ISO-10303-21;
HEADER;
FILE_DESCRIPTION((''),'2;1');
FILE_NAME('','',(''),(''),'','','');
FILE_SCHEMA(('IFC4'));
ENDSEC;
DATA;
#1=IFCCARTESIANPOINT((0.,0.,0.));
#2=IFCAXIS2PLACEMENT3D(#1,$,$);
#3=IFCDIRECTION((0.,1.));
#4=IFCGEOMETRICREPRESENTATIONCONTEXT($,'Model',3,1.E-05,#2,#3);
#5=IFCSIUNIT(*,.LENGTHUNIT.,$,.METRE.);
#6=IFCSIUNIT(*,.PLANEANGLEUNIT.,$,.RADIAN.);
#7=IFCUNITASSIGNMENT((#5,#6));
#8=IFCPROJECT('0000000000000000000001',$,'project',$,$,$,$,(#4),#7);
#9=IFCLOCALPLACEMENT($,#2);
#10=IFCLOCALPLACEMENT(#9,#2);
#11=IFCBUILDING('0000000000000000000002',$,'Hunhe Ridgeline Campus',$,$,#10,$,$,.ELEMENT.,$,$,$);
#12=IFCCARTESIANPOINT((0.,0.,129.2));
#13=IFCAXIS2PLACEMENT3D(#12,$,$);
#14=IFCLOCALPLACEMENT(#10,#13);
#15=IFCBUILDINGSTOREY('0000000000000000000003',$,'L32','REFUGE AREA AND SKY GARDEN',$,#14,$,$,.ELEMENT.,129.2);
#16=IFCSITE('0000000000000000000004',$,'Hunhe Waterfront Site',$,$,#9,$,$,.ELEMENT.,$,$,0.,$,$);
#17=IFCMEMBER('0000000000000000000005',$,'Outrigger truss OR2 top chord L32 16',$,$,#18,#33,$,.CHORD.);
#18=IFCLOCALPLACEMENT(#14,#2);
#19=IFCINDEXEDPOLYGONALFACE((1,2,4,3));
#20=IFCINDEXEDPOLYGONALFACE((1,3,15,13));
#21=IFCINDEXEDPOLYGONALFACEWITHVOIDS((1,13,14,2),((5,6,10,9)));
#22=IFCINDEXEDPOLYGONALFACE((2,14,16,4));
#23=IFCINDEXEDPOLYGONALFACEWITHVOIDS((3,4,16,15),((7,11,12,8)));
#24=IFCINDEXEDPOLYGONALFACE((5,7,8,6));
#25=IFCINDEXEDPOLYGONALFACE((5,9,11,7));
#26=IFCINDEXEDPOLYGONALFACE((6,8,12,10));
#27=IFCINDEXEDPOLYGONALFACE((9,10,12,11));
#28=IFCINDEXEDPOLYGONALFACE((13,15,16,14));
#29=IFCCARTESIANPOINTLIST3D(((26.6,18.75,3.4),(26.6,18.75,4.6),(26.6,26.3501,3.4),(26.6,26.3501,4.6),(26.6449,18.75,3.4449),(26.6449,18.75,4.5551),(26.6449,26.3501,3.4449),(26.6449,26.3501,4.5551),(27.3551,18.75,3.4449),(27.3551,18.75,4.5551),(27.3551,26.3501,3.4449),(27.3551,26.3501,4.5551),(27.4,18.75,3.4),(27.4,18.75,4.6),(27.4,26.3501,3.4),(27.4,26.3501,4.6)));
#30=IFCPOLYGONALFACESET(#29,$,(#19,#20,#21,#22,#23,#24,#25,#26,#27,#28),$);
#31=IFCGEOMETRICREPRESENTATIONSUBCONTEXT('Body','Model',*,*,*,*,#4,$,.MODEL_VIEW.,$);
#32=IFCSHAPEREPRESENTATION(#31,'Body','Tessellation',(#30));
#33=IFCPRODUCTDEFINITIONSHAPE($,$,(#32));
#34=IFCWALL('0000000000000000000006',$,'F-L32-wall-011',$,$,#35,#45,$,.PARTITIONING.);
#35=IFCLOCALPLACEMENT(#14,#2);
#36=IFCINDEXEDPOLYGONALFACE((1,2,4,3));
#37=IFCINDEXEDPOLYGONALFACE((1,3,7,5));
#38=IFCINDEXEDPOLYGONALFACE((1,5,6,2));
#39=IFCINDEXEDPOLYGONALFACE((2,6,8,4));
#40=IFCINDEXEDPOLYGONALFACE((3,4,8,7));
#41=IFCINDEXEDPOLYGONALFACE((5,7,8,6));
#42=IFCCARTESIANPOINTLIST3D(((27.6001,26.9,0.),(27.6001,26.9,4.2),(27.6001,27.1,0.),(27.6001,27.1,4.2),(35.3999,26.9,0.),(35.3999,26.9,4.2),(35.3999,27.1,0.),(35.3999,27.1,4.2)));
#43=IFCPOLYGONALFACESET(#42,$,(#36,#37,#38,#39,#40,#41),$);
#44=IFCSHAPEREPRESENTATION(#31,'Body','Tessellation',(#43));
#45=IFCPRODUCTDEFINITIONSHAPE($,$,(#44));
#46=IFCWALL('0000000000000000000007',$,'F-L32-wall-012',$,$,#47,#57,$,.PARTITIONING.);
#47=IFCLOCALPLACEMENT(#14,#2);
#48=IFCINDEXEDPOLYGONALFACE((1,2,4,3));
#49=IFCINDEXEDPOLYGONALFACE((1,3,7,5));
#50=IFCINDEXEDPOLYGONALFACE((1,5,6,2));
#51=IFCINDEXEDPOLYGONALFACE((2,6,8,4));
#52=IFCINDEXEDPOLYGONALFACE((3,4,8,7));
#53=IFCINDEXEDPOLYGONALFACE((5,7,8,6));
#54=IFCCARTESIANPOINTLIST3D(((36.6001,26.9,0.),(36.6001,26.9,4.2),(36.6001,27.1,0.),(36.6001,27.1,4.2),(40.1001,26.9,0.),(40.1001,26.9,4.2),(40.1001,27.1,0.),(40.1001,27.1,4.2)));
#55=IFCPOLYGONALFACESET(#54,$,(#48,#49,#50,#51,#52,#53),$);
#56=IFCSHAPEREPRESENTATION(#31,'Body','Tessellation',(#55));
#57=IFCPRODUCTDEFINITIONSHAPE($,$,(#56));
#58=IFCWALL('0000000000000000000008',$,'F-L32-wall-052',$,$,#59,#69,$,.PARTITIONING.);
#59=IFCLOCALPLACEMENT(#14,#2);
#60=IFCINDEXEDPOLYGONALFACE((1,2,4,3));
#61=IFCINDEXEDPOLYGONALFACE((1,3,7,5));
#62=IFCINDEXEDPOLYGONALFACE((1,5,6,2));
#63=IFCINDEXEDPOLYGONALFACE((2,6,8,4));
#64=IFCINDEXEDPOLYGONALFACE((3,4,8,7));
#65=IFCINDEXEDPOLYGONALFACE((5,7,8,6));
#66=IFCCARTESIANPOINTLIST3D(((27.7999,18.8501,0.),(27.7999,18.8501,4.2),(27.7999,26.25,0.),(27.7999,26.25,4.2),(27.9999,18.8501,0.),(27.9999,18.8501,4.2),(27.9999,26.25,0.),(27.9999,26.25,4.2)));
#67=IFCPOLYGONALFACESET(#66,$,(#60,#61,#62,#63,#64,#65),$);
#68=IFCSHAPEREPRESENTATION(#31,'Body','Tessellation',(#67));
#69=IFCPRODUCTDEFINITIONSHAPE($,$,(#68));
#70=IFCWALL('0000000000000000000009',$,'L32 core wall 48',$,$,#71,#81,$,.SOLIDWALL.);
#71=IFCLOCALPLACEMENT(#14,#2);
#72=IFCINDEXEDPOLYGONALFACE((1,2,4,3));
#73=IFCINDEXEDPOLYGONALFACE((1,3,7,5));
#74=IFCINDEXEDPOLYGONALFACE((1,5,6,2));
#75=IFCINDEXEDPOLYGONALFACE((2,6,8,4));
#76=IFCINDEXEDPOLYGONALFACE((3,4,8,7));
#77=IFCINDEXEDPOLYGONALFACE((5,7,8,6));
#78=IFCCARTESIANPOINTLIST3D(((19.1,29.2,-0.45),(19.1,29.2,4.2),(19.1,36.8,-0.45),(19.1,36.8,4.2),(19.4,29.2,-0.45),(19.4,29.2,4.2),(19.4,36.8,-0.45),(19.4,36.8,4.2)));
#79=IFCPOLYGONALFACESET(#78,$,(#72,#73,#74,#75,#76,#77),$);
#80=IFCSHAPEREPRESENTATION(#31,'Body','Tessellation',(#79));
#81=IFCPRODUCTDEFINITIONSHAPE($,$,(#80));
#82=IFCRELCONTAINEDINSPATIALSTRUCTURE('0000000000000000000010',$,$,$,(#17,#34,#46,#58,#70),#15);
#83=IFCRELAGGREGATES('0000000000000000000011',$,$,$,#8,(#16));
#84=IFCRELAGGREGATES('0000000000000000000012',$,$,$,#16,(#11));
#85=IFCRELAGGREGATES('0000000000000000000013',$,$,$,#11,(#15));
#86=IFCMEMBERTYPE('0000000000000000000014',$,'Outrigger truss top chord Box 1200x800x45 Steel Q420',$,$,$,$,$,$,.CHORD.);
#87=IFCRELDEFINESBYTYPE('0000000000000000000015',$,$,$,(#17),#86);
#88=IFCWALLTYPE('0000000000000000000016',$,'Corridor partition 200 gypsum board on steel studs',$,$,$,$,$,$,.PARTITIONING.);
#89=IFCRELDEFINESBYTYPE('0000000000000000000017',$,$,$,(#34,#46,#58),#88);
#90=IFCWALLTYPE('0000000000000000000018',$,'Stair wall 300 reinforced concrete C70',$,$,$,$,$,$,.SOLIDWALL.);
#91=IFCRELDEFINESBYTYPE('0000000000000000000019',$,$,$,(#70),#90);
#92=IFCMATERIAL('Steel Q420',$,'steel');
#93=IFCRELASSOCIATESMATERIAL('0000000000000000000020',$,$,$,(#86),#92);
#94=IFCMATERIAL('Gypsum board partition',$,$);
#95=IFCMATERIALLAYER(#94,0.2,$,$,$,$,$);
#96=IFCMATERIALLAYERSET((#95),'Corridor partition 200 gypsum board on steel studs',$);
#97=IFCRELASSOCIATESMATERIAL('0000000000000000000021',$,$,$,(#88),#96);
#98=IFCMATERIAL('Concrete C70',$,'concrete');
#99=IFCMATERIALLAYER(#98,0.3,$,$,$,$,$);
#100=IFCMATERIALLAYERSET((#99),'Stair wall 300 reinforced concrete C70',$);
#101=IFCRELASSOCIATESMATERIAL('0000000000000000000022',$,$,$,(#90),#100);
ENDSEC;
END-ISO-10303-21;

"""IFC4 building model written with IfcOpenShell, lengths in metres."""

from ifc_helpers import new_model, si_unit, direction, frame, frame_2d, origin, origin_2d, place, context, subcontext, project, spatial, rectangle, hollow_rectangle, extrude, material, layer, layer_set, material_profile, profile_set, type_object, element, save


model = new_model("IFC4")

# Units and contexts
model_context = context("Model", 3, precision=1e-05, world=origin(), true_north=direction((0.0, 1.0)))
body_context = subcontext(model_context, "Body", "Model", "MODEL_VIEW")
ifc_project = project(units=[si_unit("LENGTHUNIT", "METRE"), si_unit("PLANEANGLEUNIT", "RADIAN")], contexts=[model_context])

# Site, building, storey
site_placement = place(None, origin())
site = spatial("IfcSite", under=ifc_project, at=site_placement, Name="Hunhe Waterfront Site", CompositionType="ELEMENT", RefElevation=0.0)
building_placement = place(site_placement, origin())
building = spatial("IfcBuilding", under=site, at=building_placement, Name="Hunhe Ridgeline Campus", CompositionType="ELEMENT")
storey_placement = place(building_placement, frame((0.0, 0.0, 129.2)))
storey = spatial("IfcBuildingStorey", under=building, at=storey_placement, Name="L32", Description="REFUGE AREA AND SKY GARDEN", CompositionType="ELEMENT", Elevation=129.2)

# Shared definitions
ifc_material_1 = material(Name="Concrete C70", Category="concrete")

# Member
ifc_material_2 = material(Name="Steel Q420", Category="steel")
ifc_material_profile_1 = material_profile(ifc_material_2, hollow_rectangle(XDim=0.8, YDim=1.2, WallThickness=0.0449, at=origin_2d()))
ifc_profile_set_1 = profile_set([ifc_material_profile_1], Name="Steel Q420")
member_type_1 = type_object("IfcMemberType", Name="Outrigger truss top chord Box 1200x800x45 Steel Q420", PredefinedType="CHORD", material=ifc_profile_set_1)
member_1_placement = place(storey_placement, frame((27.0, 26.3501, 4.0), z_axis=(0.0, -1.0, 0.0), x_axis=(1.0, 0.0, 0.0)))
element("IfcMember", 1, at=member_1_placement, inside=storey, type_object=member_type_1, Name="Outrigger truss OR2 top chord L32 16", PredefinedType="CHORD", context=body_context, shape_type="SweptSolid", body=[
    extrude(hollow_rectangle(XDim=0.8, YDim=1.2, WallThickness=0.0449, at=origin_2d()), origin(), (0.0, 0.0, 1.0), 7.6001),
])

# Walls
ifc_material_3 = material(Name="Gypsum board partition")
ifc_layer_1 = layer(ifc_material_3, 0.2)
ifc_layer_set_1 = layer_set([ifc_layer_1], Name="Corridor partition 200 gypsum board on steel studs")
wall_type_1 = type_object("IfcWallType", Name="Corridor partition 200 gypsum board on steel studs", PredefinedType="PARTITIONING", material=ifc_layer_set_1)
wall_1_placement = place(storey_placement, frame((27.6001, 27.0, 0.0), z_axis=(0.0, 0.0, 1.0), x_axis=(1.0, 0.0, 0.0)))
element("IfcWall", 2, at=wall_1_placement, inside=storey, type_object=wall_type_1, Name="F-L32-wall-011", PredefinedType="PARTITIONING", context=body_context, shape_type="SweptSolid", body=[
    extrude(rectangle(XDim=7.7998, YDim=0.2, at=frame_2d((3.8999, 0.0))), origin(), (0.0, 0.0, 1.0), 4.2),
])
wall_2_placement = place(storey_placement, frame((36.6001, 27.0, 0.0), z_axis=(0.0, 0.0, 1.0), x_axis=(1.0, 0.0, 0.0)))
element("IfcWall", 3, at=wall_2_placement, inside=storey, type_object=wall_type_1, Name="F-L32-wall-012", PredefinedType="PARTITIONING", context=body_context, shape_type="SweptSolid", body=[
    extrude(rectangle(XDim=3.5, YDim=0.2, at=frame_2d((1.75, 0.0))), origin(), (0.0, 0.0, 1.0), 4.2),
])
wall_3_placement = place(storey_placement, frame((27.8999, 26.25, 0.0), z_axis=(0.0, 0.0, 1.0), x_axis=(0.0, -1.0, 0.0)))
element("IfcWall", 4, at=wall_3_placement, inside=storey, type_object=wall_type_1, Name="F-L32-wall-052", PredefinedType="PARTITIONING", context=body_context, shape_type="SweptSolid", body=[
    extrude(rectangle(XDim=7.3999, YDim=0.2, at=frame_2d((3.7, 0.0))), origin(), (0.0, 0.0, 1.0), 4.2),
])
ifc_layer_2 = layer(ifc_material_1, 0.3)
ifc_layer_set_2 = layer_set([ifc_layer_2], Name="Stair wall 300 reinforced concrete C70")
wall_type_2 = type_object("IfcWallType", Name="Stair wall 300 reinforced concrete C70", PredefinedType="SOLIDWALL", material=ifc_layer_set_2)
wall_4_placement = place(storey_placement, frame((19.25, 29.2, -0.45), z_axis=(0.0, 0.0, 1.0), x_axis=(0.0, 1.0, 0.0)))
element("IfcWall", 5, at=wall_4_placement, inside=storey, type_object=wall_type_2, Name="L32 core wall 48", PredefinedType="SOLIDWALL", context=body_context, shape_type="SweptSolid", body=[
    extrude(rectangle(XDim=7.6001, YDim=0.3, at=frame_2d((3.8, 0.0))), origin(), (0.0, 0.0, 1.0), 4.6499),
])

save(model, "model.ifc")
